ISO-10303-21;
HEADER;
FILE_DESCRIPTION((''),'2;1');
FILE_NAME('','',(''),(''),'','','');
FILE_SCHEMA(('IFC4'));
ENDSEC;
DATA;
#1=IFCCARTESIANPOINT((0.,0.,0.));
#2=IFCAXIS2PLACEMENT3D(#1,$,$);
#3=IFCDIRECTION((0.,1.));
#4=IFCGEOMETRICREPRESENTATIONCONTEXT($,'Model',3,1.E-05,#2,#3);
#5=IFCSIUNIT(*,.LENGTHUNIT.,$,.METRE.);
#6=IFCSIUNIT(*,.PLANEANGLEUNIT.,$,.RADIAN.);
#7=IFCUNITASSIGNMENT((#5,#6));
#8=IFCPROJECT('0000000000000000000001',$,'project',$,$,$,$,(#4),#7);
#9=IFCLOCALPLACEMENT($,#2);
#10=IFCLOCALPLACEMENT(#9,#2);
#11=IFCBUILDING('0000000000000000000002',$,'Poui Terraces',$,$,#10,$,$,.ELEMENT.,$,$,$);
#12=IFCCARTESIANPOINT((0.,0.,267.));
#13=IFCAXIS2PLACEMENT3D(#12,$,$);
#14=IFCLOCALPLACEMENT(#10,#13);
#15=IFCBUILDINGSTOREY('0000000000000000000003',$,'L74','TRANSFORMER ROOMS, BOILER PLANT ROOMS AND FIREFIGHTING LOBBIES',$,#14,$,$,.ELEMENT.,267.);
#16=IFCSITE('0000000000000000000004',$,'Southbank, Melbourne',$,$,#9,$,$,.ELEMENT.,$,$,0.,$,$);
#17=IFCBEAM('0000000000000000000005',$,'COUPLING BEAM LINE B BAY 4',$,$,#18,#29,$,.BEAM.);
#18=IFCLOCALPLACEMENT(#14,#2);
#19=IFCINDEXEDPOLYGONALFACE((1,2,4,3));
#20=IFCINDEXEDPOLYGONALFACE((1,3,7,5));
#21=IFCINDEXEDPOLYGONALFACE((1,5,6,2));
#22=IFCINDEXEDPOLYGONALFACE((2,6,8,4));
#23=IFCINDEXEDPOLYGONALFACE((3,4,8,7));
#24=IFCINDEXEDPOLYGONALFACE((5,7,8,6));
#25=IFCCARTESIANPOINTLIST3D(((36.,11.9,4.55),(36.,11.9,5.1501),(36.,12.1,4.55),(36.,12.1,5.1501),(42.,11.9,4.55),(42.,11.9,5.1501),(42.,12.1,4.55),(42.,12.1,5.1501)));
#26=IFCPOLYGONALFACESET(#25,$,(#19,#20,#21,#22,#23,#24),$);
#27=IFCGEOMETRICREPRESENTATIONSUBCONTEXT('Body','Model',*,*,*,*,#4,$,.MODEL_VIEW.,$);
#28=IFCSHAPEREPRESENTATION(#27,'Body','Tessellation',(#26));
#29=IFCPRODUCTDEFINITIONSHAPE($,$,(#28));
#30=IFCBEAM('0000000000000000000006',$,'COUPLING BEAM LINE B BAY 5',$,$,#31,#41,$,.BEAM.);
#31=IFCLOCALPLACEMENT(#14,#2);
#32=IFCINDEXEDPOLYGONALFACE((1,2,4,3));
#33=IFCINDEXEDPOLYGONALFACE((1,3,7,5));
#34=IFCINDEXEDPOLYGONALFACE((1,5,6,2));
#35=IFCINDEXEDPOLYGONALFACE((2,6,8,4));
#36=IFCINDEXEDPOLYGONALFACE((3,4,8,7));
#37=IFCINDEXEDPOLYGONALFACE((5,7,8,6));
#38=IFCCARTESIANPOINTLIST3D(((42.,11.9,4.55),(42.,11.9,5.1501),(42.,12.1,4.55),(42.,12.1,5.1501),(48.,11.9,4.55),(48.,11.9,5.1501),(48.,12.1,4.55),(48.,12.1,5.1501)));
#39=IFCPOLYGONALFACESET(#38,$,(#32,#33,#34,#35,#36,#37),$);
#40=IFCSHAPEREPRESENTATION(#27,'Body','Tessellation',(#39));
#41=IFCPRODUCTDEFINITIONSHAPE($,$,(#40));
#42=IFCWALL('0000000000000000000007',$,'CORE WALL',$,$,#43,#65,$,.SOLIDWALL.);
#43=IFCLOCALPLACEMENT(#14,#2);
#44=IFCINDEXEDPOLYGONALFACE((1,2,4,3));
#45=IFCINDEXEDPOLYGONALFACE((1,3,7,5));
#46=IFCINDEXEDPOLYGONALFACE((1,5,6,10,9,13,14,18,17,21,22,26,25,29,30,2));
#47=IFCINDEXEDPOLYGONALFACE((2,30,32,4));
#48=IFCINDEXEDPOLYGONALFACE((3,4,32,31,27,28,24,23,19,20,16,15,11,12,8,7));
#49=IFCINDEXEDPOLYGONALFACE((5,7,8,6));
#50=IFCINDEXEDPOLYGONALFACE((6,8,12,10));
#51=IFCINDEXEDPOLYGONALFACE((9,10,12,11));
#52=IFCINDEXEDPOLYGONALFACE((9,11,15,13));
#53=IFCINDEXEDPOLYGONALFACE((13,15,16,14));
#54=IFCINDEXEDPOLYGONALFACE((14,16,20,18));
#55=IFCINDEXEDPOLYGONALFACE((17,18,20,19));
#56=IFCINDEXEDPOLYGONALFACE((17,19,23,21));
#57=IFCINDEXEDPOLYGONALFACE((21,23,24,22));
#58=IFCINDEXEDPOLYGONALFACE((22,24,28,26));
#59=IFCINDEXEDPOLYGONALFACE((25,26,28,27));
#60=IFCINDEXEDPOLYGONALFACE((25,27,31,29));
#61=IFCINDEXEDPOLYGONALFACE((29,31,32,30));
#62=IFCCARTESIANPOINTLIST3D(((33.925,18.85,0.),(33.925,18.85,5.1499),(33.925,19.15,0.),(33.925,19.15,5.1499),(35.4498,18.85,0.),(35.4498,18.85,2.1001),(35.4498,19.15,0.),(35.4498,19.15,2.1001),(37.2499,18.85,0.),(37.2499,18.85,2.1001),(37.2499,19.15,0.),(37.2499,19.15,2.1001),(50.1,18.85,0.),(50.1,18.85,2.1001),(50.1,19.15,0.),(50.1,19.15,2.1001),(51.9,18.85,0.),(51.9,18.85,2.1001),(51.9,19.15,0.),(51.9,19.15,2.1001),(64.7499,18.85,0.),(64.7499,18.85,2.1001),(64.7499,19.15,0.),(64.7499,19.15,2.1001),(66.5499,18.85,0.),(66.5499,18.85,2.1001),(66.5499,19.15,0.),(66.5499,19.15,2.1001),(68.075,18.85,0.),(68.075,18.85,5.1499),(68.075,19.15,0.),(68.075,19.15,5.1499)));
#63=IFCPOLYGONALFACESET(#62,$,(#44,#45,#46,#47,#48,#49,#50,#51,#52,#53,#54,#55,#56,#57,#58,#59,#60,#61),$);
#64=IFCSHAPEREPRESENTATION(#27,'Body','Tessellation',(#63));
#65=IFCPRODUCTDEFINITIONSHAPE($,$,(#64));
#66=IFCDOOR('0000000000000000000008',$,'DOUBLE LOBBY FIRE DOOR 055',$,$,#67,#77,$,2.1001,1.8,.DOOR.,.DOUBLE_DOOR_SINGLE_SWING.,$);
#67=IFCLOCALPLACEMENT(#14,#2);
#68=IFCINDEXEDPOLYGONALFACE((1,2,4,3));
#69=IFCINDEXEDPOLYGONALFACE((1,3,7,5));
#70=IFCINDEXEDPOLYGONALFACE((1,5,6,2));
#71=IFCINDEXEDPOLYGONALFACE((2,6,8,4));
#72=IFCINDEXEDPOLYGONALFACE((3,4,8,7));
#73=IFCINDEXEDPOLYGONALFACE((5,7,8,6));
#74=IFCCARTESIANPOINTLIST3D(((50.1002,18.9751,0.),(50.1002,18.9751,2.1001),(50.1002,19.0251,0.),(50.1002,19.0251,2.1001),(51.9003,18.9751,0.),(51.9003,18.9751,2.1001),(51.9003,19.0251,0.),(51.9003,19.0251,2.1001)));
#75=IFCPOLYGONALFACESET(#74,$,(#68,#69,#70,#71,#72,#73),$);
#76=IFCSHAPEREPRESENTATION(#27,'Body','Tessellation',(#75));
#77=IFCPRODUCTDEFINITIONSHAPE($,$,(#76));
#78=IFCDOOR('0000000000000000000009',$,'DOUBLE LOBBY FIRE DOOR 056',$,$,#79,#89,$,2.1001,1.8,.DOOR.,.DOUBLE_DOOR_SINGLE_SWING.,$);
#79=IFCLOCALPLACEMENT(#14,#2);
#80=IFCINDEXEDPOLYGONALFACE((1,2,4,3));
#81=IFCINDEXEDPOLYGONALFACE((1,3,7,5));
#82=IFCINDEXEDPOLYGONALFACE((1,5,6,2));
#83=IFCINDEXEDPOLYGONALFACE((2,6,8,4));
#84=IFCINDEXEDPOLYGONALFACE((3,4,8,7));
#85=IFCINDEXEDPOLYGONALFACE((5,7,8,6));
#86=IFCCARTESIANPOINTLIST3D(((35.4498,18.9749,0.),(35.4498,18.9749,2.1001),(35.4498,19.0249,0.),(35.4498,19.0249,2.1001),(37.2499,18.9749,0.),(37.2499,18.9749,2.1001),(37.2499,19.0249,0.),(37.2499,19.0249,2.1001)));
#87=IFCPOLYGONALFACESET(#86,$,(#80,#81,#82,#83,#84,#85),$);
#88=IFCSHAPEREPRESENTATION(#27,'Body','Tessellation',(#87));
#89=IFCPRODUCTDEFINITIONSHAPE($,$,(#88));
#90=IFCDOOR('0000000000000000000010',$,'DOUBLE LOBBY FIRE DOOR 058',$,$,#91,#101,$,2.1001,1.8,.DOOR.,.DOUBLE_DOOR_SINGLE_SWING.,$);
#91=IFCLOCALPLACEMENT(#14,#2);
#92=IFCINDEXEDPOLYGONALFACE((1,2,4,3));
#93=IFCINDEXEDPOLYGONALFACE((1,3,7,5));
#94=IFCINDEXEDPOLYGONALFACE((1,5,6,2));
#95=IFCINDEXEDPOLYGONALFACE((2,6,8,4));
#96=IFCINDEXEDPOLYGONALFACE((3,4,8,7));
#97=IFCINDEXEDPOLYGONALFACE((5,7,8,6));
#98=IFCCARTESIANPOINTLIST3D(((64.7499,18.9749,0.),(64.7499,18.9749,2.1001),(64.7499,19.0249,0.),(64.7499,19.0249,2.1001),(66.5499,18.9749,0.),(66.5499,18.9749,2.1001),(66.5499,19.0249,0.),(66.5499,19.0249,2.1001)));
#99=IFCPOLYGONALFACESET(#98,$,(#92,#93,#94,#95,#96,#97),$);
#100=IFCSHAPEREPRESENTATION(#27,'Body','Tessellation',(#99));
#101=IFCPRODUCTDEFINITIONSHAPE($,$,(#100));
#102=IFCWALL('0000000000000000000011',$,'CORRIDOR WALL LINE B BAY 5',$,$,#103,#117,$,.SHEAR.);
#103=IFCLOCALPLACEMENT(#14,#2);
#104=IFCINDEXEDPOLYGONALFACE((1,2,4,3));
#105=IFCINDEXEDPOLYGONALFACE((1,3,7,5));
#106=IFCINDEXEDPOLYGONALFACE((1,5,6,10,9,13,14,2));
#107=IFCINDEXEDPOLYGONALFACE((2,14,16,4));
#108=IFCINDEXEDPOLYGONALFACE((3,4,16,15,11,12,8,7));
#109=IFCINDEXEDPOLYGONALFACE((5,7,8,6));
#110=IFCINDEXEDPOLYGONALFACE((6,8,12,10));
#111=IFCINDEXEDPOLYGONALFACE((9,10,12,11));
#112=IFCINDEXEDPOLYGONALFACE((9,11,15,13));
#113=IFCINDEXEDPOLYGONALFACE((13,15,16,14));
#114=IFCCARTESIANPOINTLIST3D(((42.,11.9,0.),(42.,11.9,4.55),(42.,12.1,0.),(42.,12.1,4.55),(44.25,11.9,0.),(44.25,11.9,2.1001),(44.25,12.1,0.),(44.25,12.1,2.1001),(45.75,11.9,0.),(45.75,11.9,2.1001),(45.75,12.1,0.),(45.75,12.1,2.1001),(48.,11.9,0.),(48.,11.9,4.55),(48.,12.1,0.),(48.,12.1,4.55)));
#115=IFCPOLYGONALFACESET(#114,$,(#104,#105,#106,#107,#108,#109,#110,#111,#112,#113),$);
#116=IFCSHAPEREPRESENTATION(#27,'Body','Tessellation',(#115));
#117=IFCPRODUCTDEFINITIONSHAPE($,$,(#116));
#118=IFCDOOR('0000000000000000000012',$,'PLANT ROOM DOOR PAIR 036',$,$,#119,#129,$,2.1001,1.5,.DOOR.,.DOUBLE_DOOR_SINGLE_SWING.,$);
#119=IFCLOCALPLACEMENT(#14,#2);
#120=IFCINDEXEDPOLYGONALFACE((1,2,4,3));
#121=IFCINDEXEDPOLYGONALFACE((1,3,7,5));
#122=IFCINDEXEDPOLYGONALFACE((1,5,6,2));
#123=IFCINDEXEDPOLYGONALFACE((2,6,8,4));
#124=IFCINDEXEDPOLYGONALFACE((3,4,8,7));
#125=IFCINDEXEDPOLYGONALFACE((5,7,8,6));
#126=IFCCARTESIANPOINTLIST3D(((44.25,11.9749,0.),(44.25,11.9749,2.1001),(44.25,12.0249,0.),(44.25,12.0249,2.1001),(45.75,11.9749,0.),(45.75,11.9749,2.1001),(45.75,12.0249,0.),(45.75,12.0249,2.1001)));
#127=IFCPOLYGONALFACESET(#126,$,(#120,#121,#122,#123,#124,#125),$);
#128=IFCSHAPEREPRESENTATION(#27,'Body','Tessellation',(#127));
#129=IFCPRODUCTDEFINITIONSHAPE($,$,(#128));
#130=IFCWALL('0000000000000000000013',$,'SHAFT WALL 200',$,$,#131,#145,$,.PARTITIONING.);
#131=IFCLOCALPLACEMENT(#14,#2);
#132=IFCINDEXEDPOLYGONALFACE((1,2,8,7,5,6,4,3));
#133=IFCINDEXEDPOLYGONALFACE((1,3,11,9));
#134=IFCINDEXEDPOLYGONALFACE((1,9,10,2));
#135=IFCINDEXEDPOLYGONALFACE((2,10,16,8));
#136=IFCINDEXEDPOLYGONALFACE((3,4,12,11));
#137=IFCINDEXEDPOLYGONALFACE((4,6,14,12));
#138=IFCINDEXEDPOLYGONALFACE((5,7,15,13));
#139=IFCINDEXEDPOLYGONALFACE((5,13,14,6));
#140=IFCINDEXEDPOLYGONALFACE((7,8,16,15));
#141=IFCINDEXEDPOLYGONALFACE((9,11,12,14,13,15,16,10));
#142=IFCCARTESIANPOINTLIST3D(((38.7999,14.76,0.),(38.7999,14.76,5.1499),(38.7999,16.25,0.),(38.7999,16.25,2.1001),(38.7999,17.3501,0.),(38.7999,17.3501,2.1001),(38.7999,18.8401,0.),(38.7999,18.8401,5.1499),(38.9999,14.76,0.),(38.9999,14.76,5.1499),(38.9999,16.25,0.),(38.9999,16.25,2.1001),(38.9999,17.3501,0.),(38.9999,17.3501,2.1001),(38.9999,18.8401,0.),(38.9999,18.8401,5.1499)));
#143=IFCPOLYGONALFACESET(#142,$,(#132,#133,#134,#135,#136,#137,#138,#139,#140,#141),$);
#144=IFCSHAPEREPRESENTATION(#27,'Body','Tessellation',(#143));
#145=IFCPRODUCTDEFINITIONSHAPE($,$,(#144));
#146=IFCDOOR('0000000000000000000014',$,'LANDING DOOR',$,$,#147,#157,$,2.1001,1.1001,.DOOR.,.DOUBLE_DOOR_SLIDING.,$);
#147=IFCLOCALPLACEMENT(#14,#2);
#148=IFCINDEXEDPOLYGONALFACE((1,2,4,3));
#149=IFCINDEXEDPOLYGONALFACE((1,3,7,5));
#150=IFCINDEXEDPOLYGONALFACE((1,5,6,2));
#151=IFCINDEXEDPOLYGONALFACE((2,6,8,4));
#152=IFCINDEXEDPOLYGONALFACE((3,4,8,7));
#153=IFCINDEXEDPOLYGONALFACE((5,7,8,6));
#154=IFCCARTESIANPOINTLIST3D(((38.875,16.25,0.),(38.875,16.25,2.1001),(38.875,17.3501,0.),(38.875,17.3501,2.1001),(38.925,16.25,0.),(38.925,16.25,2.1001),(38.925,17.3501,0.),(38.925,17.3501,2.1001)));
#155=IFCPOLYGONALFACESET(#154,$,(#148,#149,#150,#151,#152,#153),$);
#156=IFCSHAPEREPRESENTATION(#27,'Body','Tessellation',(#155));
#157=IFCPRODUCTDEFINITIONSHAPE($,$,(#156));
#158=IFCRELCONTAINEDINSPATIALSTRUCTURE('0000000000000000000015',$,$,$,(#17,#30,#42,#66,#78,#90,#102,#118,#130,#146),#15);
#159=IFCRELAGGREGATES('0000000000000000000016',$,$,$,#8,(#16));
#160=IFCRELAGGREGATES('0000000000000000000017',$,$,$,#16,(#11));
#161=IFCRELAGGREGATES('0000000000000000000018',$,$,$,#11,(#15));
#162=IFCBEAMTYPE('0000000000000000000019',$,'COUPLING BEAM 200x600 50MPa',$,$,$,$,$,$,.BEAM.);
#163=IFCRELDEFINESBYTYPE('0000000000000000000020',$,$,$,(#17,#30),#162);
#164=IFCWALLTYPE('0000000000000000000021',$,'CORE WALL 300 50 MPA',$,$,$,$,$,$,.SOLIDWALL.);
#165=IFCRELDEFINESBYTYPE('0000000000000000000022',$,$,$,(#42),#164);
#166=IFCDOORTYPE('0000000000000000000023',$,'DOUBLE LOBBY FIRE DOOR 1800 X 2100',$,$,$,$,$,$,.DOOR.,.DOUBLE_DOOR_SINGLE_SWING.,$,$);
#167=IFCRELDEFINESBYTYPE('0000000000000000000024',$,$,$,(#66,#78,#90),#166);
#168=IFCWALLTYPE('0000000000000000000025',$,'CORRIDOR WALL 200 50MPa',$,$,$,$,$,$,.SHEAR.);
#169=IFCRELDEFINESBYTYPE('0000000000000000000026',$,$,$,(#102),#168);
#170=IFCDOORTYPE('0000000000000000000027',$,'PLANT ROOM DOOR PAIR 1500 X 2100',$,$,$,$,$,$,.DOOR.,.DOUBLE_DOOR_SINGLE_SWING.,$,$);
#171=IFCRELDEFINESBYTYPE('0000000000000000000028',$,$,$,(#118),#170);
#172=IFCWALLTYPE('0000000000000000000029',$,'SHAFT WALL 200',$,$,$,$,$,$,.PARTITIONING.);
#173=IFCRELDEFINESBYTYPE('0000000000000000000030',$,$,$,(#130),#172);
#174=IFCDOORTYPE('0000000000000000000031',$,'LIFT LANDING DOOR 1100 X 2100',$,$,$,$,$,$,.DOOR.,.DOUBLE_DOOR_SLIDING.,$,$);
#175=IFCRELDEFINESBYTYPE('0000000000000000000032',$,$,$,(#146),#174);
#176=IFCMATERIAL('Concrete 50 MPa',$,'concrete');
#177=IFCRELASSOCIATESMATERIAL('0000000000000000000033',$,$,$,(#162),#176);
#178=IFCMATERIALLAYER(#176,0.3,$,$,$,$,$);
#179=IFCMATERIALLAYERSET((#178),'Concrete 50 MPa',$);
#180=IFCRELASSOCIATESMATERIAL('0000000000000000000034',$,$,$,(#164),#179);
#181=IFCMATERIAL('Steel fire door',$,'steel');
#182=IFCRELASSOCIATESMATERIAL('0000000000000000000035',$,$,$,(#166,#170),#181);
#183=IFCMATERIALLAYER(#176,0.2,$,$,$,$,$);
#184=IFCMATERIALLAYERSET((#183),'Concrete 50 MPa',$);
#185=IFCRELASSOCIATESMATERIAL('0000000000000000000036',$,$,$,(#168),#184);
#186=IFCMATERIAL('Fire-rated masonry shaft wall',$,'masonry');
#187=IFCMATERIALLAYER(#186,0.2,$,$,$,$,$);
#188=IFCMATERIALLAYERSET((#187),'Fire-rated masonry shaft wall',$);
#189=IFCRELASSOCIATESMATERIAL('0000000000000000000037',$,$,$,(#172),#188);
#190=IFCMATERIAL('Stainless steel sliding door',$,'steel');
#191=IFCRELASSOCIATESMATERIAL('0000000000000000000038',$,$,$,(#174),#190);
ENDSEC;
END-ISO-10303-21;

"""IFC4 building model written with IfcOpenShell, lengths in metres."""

from ifc_helpers import new_model, si_unit, direction, frame, frame_2d, origin, origin_2d, place, context, subcontext, project, spatial, rectangle, extrude, source, transform, mapped, material, layer, layer_set, material_profile, profile_set, type_object, element, fill, save


model = new_model("IFC4")

# Units and contexts
model_context = context("Model", 3, precision=1e-05, world=origin(), true_north=direction((0.0, 1.0)))
body_context = subcontext(model_context, "Body", "Model", "MODEL_VIEW")
ifc_project = project(units=[si_unit("LENGTHUNIT", "METRE"), si_unit("PLANEANGLEUNIT", "RADIAN")], contexts=[model_context])

# Site, building, storey
site_placement = place(None, origin())
site = spatial("IfcSite", under=ifc_project, at=site_placement, Name="Southbank, Melbourne", CompositionType="ELEMENT", RefElevation=0.0)
building_placement = place(site_placement, origin())
building = spatial("IfcBuilding", under=site, at=building_placement, Name="Poui Terraces", CompositionType="ELEMENT")
storey_placement = place(building_placement, frame((0.0, 0.0, 267.0)))
storey = spatial("IfcBuildingStorey", under=building, at=storey_placement, Name="L74", Description="TRANSFORMER ROOMS, BOILER PLANT ROOMS AND FIREFIGHTING LOBBIES", CompositionType="ELEMENT", Elevation=267.0)

# Beams
ifc_material_1 = material(Name="Concrete 50 MPa", Category="concrete")
ifc_material_profile = material_profile(ifc_material_1, rectangle(XDim=0.2, YDim=0.6001, at=origin_2d()), Name="RC 200x600")
ifc_profile_set = profile_set([ifc_material_profile], Name="Concrete 50 MPa")
beam_type = type_object("IfcBeamType", Name="COUPLING BEAM 200x600 50MPa", PredefinedType="BEAM", material=ifc_profile_set)
shared_shape = source(origin(), body_context, "Body", "SweptSolid", [
    extrude(rectangle(XDim=0.2, YDim=0.6001, at=origin_2d()), origin(), (0.0, 0.0, 1.0), 6.0),
])
for number, where, z_axis, x_axis, name in (
    (1, (36.0, 12.0, 4.8501), (1.0, 0.0, 0.0), (0.0, 1.0, 0.0), "COUPLING BEAM LINE B BAY 4"),
    (2, (42.0, 12.0, 4.8501), (1.0, 0.0, 0.0), (0.0, 1.0, 0.0), "COUPLING BEAM LINE B BAY 5"),
):
    element("IfcBeam", number, at=place(storey_placement, frame(where, z_axis=z_axis, x_axis=x_axis)), inside=storey, type_object=beam_type, Name=name, PredefinedType="BEAM", context=body_context, shape_type="MappedRepresentation", body=[
        mapped(shared_shape, transform((0.0, 0.0, 0.0))),
    ])

# Wall, openings, doors
ifc_layer_1 = layer(ifc_material_1, 0.3)
ifc_layer_set_1 = layer_set([ifc_layer_1], Name="Concrete 50 MPa")
wall_type_1 = type_object("IfcWallType", Name="CORE WALL 300 50 MPA", PredefinedType="SOLIDWALL", material=ifc_layer_set_1)
wall_1_placement = place(storey_placement, frame((33.925, 19.0, 0.0), z_axis=(0.0, 0.0, 1.0), x_axis=(1.0, 0.0, 0.0)))
wall_1 = element("IfcWall", 3, at=wall_1_placement, inside=storey, type_object=wall_type_1, Name="CORE WALL", PredefinedType="SOLIDWALL", context=body_context, shape_type="SweptSolid", body=[
    extrude(rectangle(XDim=34.1499, YDim=0.3, at=frame_2d((17.075, 0.0))), origin(), (0.0, 0.0, 1.0), 5.1499),
])
opening_1_placement = place(wall_1_placement, frame((16.175, 0.0, 0.0)))
opening_1 = element("IfcOpeningElement", 4, at=opening_1_placement, cuts=wall_1, PredefinedType="OPENING", context=body_context, shape_type="SweptSolid", body=[
    extrude(rectangle(XDim=1.8, YDim=2.1001, at=frame_2d((0.8999, 1.05))), frame((0.0, 0.1602, 0.0), z_axis=(0.0, -1.0, 0.0), x_axis=(1.0, 0.0, 0.0)), (0.0, 0.0, 1.0), 0.3201),
])
opening_2_placement = place(wall_1_placement, frame((1.5249, 0.0, 0.0)))
opening_2 = element("IfcOpeningElement", 5, at=opening_2_placement, cuts=wall_1, PredefinedType="OPENING", context=body_context, shape_type="SweptSolid", body=[
    extrude(rectangle(XDim=1.8, YDim=2.1001, at=frame_2d((0.8999, 1.05))), frame((0.0, 0.1602, 0.0), z_axis=(0.0, -1.0, 0.0), x_axis=(1.0, 0.0, 0.0)), (0.0, 0.0, 1.0), 0.3201),
])
opening_3_placement = place(wall_1_placement, frame((30.825, 0.0, 0.0)))
opening_3 = element("IfcOpeningElement", 6, at=opening_3_placement, cuts=wall_1, PredefinedType="OPENING", context=body_context, shape_type="SweptSolid", body=[
    extrude(rectangle(XDim=1.8, YDim=2.1001, at=frame_2d((0.8999, 1.05))), frame((0.0, 0.1602, 0.0), z_axis=(0.0, -1.0, 0.0), x_axis=(1.0, 0.0, 0.0)), (0.0, 0.0, 1.0), 0.3201),
])
ifc_material_2 = material(Name="Steel fire door", Category="steel")
door_type_1 = type_object("IfcDoorType", Name="DOUBLE LOBBY FIRE DOOR 1800 X 2100", OperationType="DOUBLE_DOOR_SINGLE_SWING", PredefinedType="DOOR", material=ifc_material_2)
door_1_placement = place(opening_1_placement, frame((1.8, 0.0, 0.0), z_axis=(0.0, 0.0, 1.0), x_axis=(-1.0, 0.0, 0.0)))
door_1 = element("IfcDoor", 7, at=door_1_placement, inside=storey, type_object=door_type_1, Name="DOUBLE LOBBY FIRE DOOR 055", OperationType="DOUBLE_DOOR_SINGLE_SWING", OverallHeight=2.1001, OverallWidth=1.8, PredefinedType="DOOR", context=body_context, shape_type="SweptSolid", body=[
    extrude(rectangle(XDim=1.8, YDim=2.1001, at=frame_2d((0.8999, 1.05))), frame((0.0, 0.0249, 0.0), z_axis=(0.0, -1.0, 0.0), x_axis=(1.0, 0.0, 0.0)), (0.0, 0.0, 1.0), 0.05),
])
fill(opening_1, door_1)
door_2_placement = place(opening_2_placement, origin())
door_2 = element("IfcDoor", 8, at=door_2_placement, inside=storey, type_object=door_type_1, Name="DOUBLE LOBBY FIRE DOOR 056", OperationType="DOUBLE_DOOR_SINGLE_SWING", OverallHeight=2.1001, OverallWidth=1.8, PredefinedType="DOOR", context=body_context, shape_type="SweptSolid", body=[
    extrude(rectangle(XDim=1.8, YDim=2.1001, at=frame_2d((0.8999, 1.05))), frame((0.0, 0.0249, 0.0), z_axis=(0.0, -1.0, 0.0), x_axis=(1.0, 0.0, 0.0)), (0.0, 0.0, 1.0), 0.05),
])
fill(opening_2, door_2)
door_3_placement = place(opening_3_placement, origin())
door_3 = element("IfcDoor", 9, at=door_3_placement, inside=storey, type_object=door_type_1, Name="DOUBLE LOBBY FIRE DOOR 058", OperationType="DOUBLE_DOOR_SINGLE_SWING", OverallHeight=2.1001, OverallWidth=1.8, PredefinedType="DOOR", context=body_context, shape_type="SweptSolid", body=[
    extrude(rectangle(XDim=1.8, YDim=2.1001, at=frame_2d((0.8999, 1.05))), frame((0.0, 0.0249, 0.0), z_axis=(0.0, -1.0, 0.0), x_axis=(1.0, 0.0, 0.0)), (0.0, 0.0, 1.0), 0.05),
])
fill(opening_3, door_3)

# Walls, openings, doors
ifc_layer_2 = layer(ifc_material_1, 0.2)
ifc_layer_set_2 = layer_set([ifc_layer_2], Name="Concrete 50 MPa")
wall_type_2 = type_object("IfcWallType", Name="CORRIDOR WALL 200 50MPa", PredefinedType="SHEAR", material=ifc_layer_set_2)
wall_2_placement = place(storey_placement, frame((42.0, 12.0, 0.0), z_axis=(0.0, 0.0, 1.0), x_axis=(1.0, 0.0, 0.0)))
wall_2 = element("IfcWall", 10, at=wall_2_placement, inside=storey, type_object=wall_type_2, Name="CORRIDOR WALL LINE B BAY 5", PredefinedType="SHEAR", context=body_context, shape_type="SweptSolid", body=[
    extrude(rectangle(XDim=6.0, YDim=0.2, at=frame_2d((3.0, 0.0))), origin(), (0.0, 0.0, 1.0), 4.55),
])
opening_4_placement = place(wall_2_placement, frame((2.25, 0.0, 0.0)))
opening_4 = element("IfcOpeningElement", 11, at=opening_4_placement, cuts=wall_2, PredefinedType="OPENING", context=body_context, shape_type="SweptSolid", body=[
    extrude(rectangle(XDim=1.5, YDim=2.1001, at=frame_2d((0.75, 1.05))), frame((0.0, 0.1099, 0.0), z_axis=(0.0, -1.0, 0.0), x_axis=(1.0, 0.0, 0.0)), (0.0, 0.0, 1.0), 0.22),
])
door_type_2 = type_object("IfcDoorType", Name="PLANT ROOM DOOR PAIR 1500 X 2100", OperationType="DOUBLE_DOOR_SINGLE_SWING", PredefinedType="DOOR", material=ifc_material_2)
door_4_placement = place(opening_4_placement, origin())
door_4 = element("IfcDoor", 12, at=door_4_placement, inside=storey, type_object=door_type_2, Name="PLANT ROOM DOOR PAIR 036", OperationType="DOUBLE_DOOR_SINGLE_SWING", OverallHeight=2.1001, OverallWidth=1.5, PredefinedType="DOOR", context=body_context, shape_type="SweptSolid", body=[
    extrude(rectangle(XDim=1.5, YDim=2.1001, at=frame_2d((0.75, 1.05))), frame((0.0, 0.0249, 0.0), z_axis=(0.0, -1.0, 0.0), x_axis=(1.0, 0.0, 0.0)), (0.0, 0.0, 1.0), 0.05),
])
fill(opening_4, door_4)
ifc_material_3 = material(Name="Fire-rated masonry shaft wall", Category="masonry")
ifc_layer_3 = layer(ifc_material_3, 0.2)
ifc_layer_set_3 = layer_set([ifc_layer_3], Name="Fire-rated masonry shaft wall")
wall_type_3 = type_object("IfcWallType", Name="SHAFT WALL 200", PredefinedType="PARTITIONING", material=ifc_layer_set_3)
wall_3_placement = place(storey_placement, frame((38.8999, 14.76, 0.0), z_axis=(0.0, 0.0, 1.0), x_axis=(0.0, 1.0, 0.0)))
wall_3 = element("IfcWall", 13, at=wall_3_placement, inside=storey, type_object=wall_type_3, Name="SHAFT WALL 200", PredefinedType="PARTITIONING", context=body_context, shape_type="SweptSolid", body=[
    extrude(rectangle(XDim=4.0801, YDim=0.2, at=frame_2d((2.04, 0.0))), origin(), (0.0, 0.0, 1.0), 5.1499),
])
opening_5_placement = place(wall_3_placement, frame((1.49, 0.0, 0.0)))
opening_5 = element("IfcOpeningElement", 14, at=opening_5_placement, cuts=wall_3, PredefinedType="OPENING", context=body_context, shape_type="SweptSolid", body=[
    extrude(rectangle(XDim=1.1001, YDim=2.1001, at=frame_2d((0.55, 1.05))), frame((0.0, 0.1099, 0.0), z_axis=(0.0, -1.0, 0.0), x_axis=(1.0, 0.0, 0.0)), (0.0, 0.0, 1.0), 0.22),
])
ifc_material_4 = material(Name="Stainless steel sliding door", Category="steel")
door_type_3 = type_object("IfcDoorType", Name="LIFT LANDING DOOR 1100 X 2100", OperationType="DOUBLE_DOOR_SLIDING", PredefinedType="DOOR", material=ifc_material_4)
door_5_placement = place(opening_5_placement, origin())
door_5 = element("IfcDoor", 15, at=door_5_placement, inside=storey, type_object=door_type_3, Name="LANDING DOOR", OperationType="DOUBLE_DOOR_SLIDING", OverallHeight=2.1001, OverallWidth=1.1001, PredefinedType="DOOR", context=body_context, shape_type="SweptSolid", body=[
    extrude(rectangle(XDim=1.1001, YDim=2.1001, at=frame_2d((0.55, 1.05))), frame((0.0, 0.0249, 0.0), z_axis=(0.0, -1.0, 0.0), x_axis=(1.0, 0.0, 0.0)), (0.0, 0.0, 1.0), 0.05),
])
fill(opening_5, door_5)

save(model, "model.ifc")
